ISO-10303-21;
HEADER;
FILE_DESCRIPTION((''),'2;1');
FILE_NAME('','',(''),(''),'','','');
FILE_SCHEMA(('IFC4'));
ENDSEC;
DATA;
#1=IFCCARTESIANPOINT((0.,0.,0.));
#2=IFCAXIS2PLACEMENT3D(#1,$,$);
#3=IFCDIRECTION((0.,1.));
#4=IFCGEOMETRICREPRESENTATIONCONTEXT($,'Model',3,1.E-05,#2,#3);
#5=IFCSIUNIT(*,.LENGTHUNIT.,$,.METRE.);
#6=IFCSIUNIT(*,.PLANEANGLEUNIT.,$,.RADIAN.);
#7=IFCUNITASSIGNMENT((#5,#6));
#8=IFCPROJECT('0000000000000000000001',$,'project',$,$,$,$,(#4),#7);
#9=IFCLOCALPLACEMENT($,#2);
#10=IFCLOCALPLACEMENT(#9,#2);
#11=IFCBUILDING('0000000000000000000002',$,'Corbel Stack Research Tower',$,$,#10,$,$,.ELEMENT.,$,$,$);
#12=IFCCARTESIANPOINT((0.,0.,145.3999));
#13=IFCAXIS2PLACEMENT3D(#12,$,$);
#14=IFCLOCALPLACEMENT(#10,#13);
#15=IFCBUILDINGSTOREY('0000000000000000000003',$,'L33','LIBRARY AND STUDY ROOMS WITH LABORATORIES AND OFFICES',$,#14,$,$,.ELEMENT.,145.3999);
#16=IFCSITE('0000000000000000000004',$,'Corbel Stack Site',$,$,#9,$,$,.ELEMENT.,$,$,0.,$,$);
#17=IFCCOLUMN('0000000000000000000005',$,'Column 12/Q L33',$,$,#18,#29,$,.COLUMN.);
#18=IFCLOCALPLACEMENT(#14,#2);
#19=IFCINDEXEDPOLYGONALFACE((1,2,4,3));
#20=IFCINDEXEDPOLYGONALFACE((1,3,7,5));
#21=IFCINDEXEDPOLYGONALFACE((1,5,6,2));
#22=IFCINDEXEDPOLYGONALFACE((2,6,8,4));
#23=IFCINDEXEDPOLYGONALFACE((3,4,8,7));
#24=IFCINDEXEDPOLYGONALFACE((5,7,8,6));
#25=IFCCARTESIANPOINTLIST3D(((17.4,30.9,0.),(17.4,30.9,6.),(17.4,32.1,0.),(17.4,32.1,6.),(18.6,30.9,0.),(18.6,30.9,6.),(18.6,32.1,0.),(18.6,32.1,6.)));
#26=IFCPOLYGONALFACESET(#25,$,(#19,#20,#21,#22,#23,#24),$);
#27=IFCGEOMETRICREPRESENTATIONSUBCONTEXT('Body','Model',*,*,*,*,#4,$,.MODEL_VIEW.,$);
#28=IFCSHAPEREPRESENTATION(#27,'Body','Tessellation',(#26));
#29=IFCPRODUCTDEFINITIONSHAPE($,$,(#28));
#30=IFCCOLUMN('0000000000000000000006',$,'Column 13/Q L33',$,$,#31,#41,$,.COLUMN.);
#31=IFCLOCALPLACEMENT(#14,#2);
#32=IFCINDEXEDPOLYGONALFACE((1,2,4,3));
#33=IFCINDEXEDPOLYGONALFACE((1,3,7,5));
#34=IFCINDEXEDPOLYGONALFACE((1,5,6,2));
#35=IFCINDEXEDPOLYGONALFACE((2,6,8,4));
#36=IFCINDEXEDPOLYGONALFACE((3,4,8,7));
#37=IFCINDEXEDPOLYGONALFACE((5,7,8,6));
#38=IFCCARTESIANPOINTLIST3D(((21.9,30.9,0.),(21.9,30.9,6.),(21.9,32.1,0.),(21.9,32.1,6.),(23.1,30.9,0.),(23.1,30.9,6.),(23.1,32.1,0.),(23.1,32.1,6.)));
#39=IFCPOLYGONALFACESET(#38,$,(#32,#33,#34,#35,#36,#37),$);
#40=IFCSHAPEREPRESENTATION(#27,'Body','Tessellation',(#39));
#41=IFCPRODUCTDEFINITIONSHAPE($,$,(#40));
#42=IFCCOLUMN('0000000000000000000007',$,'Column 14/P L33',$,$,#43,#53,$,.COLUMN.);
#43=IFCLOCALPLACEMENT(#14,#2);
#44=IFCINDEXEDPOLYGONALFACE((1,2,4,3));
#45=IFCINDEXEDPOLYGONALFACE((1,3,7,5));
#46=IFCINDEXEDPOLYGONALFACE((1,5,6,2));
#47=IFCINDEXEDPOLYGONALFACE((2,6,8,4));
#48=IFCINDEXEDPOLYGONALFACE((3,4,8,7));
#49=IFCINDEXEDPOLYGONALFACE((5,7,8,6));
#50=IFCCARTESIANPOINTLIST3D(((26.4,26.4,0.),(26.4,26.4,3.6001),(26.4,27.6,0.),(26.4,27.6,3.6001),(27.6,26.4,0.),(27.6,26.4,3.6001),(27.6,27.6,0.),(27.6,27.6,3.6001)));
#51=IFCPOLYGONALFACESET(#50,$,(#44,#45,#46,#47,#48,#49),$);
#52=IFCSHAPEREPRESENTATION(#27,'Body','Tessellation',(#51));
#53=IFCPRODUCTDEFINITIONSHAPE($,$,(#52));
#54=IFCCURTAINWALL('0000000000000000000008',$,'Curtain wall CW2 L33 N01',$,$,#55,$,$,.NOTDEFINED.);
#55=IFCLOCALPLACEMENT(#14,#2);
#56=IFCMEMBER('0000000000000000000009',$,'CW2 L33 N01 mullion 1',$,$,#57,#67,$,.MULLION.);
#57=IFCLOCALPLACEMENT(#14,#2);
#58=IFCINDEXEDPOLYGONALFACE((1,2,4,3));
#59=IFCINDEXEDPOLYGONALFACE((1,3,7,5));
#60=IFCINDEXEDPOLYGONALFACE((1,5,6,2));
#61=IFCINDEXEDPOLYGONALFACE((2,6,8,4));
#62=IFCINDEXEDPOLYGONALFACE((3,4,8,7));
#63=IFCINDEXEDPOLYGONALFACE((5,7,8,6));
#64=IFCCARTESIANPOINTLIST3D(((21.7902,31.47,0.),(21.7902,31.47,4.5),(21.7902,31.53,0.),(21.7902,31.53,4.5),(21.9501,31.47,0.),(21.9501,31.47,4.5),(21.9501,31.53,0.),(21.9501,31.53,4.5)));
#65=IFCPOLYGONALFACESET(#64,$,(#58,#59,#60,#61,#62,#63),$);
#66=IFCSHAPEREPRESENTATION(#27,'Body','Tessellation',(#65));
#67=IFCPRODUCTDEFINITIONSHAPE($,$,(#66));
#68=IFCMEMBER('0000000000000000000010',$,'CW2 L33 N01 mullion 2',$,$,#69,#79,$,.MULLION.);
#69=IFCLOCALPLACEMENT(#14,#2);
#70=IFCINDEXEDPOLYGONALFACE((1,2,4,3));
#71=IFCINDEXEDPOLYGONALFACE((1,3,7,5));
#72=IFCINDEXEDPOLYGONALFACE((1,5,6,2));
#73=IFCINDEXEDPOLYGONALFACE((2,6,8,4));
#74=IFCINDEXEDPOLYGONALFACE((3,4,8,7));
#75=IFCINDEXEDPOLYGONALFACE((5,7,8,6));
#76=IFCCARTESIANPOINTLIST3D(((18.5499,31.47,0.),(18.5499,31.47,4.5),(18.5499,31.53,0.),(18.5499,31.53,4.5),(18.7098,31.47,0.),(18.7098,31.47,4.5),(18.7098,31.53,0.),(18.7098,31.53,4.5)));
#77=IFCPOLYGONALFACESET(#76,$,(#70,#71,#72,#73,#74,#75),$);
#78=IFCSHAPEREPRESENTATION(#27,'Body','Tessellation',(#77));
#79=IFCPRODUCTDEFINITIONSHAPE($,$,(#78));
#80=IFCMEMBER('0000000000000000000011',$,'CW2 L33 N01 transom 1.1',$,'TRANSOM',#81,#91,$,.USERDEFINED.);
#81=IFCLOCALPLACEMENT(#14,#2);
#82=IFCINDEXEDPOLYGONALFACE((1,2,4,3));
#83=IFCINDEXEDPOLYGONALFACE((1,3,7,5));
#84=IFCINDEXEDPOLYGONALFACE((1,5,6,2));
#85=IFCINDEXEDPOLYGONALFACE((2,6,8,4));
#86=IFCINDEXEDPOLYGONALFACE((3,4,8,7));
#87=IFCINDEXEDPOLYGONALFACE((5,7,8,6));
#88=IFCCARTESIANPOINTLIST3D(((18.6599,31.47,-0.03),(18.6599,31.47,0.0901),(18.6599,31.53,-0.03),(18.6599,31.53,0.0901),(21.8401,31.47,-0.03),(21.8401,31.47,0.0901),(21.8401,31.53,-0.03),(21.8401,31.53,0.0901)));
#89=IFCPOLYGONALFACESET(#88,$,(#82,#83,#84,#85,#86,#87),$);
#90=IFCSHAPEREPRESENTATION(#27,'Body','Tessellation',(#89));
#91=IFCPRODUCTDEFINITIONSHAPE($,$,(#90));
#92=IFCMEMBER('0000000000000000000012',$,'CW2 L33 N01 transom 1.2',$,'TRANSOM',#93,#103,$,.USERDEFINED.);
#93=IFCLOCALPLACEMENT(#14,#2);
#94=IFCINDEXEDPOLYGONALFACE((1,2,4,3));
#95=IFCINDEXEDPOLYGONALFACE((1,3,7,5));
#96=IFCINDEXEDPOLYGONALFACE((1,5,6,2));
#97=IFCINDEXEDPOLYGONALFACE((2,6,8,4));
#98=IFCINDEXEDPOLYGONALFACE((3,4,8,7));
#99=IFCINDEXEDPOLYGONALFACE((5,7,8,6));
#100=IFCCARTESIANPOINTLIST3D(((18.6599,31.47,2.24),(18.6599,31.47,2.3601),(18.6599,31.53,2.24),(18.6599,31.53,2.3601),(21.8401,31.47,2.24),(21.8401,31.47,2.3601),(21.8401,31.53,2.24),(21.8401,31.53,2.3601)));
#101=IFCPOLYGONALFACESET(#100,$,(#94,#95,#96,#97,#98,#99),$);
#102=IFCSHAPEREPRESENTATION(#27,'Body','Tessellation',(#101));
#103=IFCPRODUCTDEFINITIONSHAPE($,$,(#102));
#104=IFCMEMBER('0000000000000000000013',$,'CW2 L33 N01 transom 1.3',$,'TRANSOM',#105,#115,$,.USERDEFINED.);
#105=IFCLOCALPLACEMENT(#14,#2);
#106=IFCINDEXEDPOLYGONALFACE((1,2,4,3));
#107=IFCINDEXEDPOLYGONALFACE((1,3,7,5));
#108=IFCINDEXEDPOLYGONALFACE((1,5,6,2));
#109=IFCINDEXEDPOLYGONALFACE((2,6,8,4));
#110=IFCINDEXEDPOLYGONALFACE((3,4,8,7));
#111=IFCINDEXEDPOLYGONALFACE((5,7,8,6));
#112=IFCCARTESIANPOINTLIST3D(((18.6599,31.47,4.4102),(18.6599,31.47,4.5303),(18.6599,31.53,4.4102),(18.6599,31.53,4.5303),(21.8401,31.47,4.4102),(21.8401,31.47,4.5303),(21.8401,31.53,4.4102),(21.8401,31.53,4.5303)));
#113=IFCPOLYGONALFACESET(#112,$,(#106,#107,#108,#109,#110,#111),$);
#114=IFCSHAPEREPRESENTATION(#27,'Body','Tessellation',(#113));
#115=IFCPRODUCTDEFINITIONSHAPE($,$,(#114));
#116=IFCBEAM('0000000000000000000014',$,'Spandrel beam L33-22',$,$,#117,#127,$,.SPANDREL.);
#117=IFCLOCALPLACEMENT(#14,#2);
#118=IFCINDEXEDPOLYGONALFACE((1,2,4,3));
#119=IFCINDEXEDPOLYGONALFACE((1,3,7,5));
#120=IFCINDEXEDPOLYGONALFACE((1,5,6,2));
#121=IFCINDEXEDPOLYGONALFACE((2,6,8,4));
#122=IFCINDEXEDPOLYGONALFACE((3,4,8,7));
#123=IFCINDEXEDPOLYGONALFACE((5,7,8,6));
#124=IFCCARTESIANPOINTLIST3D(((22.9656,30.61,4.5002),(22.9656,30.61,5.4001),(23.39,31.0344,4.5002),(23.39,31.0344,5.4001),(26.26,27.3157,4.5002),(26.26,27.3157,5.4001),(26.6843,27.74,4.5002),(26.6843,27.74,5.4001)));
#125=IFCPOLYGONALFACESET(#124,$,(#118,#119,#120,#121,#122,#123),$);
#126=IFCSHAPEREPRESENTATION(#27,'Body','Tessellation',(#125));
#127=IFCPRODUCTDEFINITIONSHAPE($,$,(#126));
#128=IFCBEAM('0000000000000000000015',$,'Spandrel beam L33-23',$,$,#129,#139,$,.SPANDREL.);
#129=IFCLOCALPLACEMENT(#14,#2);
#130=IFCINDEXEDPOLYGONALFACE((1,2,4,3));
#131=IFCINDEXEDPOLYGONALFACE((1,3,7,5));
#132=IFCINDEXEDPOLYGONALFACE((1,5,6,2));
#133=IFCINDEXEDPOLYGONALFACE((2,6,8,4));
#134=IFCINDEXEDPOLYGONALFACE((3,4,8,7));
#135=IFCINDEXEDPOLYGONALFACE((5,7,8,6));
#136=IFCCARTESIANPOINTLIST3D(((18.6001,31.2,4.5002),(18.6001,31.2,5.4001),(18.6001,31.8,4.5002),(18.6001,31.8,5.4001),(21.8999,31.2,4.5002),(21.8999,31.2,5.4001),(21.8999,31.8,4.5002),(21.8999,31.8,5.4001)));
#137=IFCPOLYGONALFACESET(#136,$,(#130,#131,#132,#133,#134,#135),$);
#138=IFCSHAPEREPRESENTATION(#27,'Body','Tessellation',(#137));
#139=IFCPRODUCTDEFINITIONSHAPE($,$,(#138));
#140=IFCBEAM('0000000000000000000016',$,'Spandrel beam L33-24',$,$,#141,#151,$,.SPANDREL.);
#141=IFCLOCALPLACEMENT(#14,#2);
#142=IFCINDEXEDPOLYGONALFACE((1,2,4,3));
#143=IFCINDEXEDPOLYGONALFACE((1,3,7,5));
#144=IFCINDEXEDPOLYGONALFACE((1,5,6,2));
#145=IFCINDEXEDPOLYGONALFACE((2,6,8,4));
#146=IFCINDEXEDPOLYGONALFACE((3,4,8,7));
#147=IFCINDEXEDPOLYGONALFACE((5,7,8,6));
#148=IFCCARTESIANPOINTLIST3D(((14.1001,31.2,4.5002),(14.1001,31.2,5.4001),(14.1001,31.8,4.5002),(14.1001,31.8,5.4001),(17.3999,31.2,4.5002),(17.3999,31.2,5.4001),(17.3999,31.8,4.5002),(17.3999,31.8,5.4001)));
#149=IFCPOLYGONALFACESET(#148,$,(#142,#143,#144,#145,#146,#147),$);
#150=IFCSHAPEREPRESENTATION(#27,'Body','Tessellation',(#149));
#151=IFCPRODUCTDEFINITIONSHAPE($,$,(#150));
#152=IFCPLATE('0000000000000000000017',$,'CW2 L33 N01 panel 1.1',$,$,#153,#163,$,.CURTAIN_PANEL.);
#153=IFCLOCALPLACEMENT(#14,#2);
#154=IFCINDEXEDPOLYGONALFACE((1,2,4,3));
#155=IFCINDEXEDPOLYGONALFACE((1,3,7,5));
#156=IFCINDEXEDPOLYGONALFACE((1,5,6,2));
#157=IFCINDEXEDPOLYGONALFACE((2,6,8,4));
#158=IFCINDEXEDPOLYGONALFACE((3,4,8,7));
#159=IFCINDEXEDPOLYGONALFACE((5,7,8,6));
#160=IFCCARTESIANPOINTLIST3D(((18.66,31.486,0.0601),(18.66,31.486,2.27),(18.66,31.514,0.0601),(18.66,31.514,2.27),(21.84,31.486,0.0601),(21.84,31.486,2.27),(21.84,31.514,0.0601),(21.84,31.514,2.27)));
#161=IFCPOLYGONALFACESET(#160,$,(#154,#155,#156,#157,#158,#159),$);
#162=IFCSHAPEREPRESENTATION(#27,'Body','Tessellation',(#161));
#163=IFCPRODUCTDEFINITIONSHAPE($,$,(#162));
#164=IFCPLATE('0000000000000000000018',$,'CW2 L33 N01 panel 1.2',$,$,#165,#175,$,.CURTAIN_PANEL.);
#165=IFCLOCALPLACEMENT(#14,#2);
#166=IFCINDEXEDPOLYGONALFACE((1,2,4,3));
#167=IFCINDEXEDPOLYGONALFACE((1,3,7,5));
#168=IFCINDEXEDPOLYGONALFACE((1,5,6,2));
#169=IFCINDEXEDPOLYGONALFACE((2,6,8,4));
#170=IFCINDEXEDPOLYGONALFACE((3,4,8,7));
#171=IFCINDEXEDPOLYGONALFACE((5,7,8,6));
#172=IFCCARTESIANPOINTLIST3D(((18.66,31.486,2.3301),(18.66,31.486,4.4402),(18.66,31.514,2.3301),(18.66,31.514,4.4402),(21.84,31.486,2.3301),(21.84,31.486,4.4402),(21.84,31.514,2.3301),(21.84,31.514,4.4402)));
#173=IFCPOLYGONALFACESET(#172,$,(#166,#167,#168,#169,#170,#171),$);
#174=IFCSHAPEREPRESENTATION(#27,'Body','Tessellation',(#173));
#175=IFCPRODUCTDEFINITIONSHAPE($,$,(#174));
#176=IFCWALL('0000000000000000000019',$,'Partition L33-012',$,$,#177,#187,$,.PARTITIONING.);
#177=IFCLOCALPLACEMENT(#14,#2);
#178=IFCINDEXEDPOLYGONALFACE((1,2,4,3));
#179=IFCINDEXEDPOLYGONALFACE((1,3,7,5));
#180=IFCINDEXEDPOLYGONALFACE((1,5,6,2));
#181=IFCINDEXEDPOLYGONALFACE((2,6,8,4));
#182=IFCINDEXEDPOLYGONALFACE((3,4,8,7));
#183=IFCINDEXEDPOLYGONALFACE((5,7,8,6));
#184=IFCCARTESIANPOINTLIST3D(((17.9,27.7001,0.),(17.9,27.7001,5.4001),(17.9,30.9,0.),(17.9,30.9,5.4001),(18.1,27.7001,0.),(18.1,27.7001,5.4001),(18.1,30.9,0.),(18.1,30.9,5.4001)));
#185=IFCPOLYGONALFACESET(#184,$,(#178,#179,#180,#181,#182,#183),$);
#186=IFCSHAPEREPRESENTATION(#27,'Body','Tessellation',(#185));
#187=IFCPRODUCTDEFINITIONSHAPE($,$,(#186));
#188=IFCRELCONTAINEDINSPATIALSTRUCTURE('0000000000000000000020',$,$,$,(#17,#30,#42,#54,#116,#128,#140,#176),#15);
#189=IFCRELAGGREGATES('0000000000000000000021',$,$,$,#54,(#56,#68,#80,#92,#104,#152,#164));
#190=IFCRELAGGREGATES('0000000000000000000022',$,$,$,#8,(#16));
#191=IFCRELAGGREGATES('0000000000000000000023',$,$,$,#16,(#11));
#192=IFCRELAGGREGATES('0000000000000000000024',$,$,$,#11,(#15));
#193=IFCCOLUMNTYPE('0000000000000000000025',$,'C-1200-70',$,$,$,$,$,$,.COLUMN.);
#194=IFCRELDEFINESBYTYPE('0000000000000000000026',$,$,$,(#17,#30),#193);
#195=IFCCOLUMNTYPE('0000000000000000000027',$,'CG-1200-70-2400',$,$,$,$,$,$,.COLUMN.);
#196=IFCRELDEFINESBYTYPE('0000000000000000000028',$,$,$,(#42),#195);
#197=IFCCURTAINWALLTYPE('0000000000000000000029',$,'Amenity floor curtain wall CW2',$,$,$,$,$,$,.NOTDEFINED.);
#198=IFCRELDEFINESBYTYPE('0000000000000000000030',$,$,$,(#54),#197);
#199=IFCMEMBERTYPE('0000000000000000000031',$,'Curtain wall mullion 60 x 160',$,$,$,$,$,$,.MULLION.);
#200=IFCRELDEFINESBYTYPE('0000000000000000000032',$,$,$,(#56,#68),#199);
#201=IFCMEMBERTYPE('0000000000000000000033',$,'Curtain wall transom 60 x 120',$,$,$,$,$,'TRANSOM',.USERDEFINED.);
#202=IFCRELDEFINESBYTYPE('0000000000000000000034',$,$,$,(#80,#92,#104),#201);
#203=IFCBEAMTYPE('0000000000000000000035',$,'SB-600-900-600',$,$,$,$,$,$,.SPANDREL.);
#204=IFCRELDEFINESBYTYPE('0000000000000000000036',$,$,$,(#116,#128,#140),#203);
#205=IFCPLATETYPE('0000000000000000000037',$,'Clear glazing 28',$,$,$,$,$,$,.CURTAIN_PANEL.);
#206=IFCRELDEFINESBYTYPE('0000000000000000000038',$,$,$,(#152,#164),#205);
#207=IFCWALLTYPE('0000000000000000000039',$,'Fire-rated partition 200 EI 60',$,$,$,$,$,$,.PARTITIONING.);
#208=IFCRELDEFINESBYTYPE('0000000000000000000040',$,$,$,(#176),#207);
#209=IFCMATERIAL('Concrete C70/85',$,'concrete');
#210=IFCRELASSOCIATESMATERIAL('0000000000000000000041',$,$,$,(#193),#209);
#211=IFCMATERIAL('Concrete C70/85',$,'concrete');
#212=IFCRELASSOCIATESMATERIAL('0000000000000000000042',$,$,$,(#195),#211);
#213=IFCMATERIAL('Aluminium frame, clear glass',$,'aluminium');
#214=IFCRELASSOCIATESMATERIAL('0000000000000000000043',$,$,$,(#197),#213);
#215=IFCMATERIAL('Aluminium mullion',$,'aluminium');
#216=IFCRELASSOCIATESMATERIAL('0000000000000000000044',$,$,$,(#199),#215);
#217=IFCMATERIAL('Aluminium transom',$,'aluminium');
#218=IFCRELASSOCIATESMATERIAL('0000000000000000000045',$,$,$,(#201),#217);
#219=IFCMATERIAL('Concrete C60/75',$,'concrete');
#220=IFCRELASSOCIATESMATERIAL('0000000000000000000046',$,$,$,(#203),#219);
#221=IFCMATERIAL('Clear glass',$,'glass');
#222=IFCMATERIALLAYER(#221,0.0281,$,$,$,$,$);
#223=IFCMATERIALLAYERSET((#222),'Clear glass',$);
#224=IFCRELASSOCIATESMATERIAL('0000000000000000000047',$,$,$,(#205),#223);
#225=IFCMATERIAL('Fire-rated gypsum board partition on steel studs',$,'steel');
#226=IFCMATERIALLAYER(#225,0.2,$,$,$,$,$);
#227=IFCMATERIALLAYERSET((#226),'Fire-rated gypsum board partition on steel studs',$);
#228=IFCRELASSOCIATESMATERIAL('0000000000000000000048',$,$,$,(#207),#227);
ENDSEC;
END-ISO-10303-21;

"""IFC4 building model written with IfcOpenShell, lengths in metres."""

from ifc_helpers import new_model, si_unit, direction, frame, frame_2d, origin, origin_2d, place, context, subcontext, project, spatial, rectangle, extrude, material, layer, layer_set, material_profile, profile_set, type_object, element, aggregate, save


model = new_model("IFC4")

# Units and contexts
model_context = context("Model", 3, precision=1e-05, world=origin(), true_north=direction((0.0, 1.0)))
body_context = subcontext(model_context, "Body", "Model", "MODEL_VIEW")
ifc_project = project(units=[si_unit("LENGTHUNIT", "METRE"), si_unit("PLANEANGLEUNIT", "RADIAN")], contexts=[model_context])

# Site, building, storey
site_placement = place(None, origin())
site = spatial("IfcSite", under=ifc_project, at=site_placement, Name="Corbel Stack Site", CompositionType="ELEMENT", RefElevation=0.0)
building_placement = place(site_placement, origin())
building = spatial("IfcBuilding", under=site, at=building_placement, Name="Corbel Stack Research Tower", CompositionType="ELEMENT")
storey_placement = place(building_placement, frame((0.0, 0.0, 145.3999)))
storey = spatial("IfcBuildingStorey", under=building, at=storey_placement, Name="L33", Description="LIBRARY AND STUDY ROOMS WITH LABORATORIES AND OFFICES", CompositionType="ELEMENT", Elevation=145.3999)

# Columns
ifc_material_1 = material(Name="Concrete C70/85", Category="concrete")
ifc_material_profile_1 = material_profile(ifc_material_1, rectangle(XDim=1.2, YDim=1.2, at=origin_2d()), Name="RC 1200 x 1200")
ifc_profile_set_1 = profile_set([ifc_material_profile_1], Name="Concrete C70/85")
column_type_1 = type_object("IfcColumnType", Name="C-1200-70", PredefinedType="COLUMN", material=ifc_profile_set_1)
for number, where, z_axis, x_axis, name in (
    (1, (18.0, 31.5, 0.0), (0.0, 0.0, 1.0), (1.0, 0.0, 0.0), "Column 12/Q L33"),
    (2, (22.5, 31.5, 0.0), (0.0, 0.0, 1.0), (1.0, 0.0, 0.0), "Column 13/Q L33"),
):
    element("IfcColumn", number, at=place(storey_placement, frame(where, z_axis=z_axis, x_axis=x_axis)), inside=storey, type_object=column_type_1, Name=name, PredefinedType="COLUMN", context=body_context, shape_type="SweptSolid", body=[
        extrude(rectangle(XDim=1.2, YDim=1.2, at=origin_2d()), origin(), (0.0, 0.0, 1.0), 6.0),
    ])
ifc_material_2 = material(Name="Concrete C70/85", Category="concrete")
ifc_material_profile_2 = material_profile(ifc_material_2, rectangle(XDim=1.2, YDim=1.2, at=origin_2d()), Name="RC 1200 x 1200")
ifc_profile_set_2 = profile_set([ifc_material_profile_2], Name="Concrete C70/85")
column_type_2 = type_object("IfcColumnType", Name="CG-1200-70-2400", PredefinedType="COLUMN", material=ifc_profile_set_2)
column_placement = place(storey_placement, frame((27.0, 27.0, 0.0), z_axis=(0.0, 0.0, 1.0), x_axis=(1.0, 0.0, 0.0)))
element("IfcColumn", 3, at=column_placement, inside=storey, type_object=column_type_2, Name="Column 14/P L33", PredefinedType="COLUMN", context=body_context, shape_type="SweptSolid", body=[
    extrude(rectangle(XDim=1.2, YDim=1.2, at=origin_2d()), origin(), (0.0, 0.0, 1.0), 3.6001),
])

# Curtain wall, members
ifc_material_3 = material(Name="Aluminium frame, clear glass", Category="aluminium")
curtain_wall_type = type_object("IfcCurtainWallType", Name="Amenity floor curtain wall CW2", PredefinedType="NOTDEFINED", material=ifc_material_3)
curtain_wall_placement = place(storey_placement, origin())
curtain_wall = element("IfcCurtainWall", 4, at=curtain_wall_placement, inside=storey, type_object=curtain_wall_type, Name="Curtain wall CW2 L33 N01", PredefinedType="NOTDEFINED")
ifc_material_4 = material(Name="Aluminium mullion", Category="aluminium")
ifc_material_profile_3 = material_profile(ifc_material_4, rectangle(XDim=0.0601, YDim=0.1599, at=origin_2d()), Name="Mullion 60 x 160")
ifc_profile_set_3 = profile_set([ifc_material_profile_3], Name="Aluminium mullion")
member_type_1 = type_object("IfcMemberType", Name="Curtain wall mullion 60 x 160", PredefinedType="MULLION", material=ifc_profile_set_3)
member_1_placement = place(storey_placement, frame((21.8701, 31.5, 0.0), z_axis=(0.0, 0.0, 1.0), x_axis=(0.0, -1.0, 0.0)))
member_1 = element("IfcMember", 5, at=member_1_placement, type_object=member_type_1, Name="CW2 L33 N01 mullion 1", PredefinedType="MULLION", context=body_context, shape_type="SweptSolid", body=[
    extrude(rectangle(XDim=0.0601, YDim=0.1599, at=origin_2d()), origin(), (0.0, 0.0, 1.0), 4.5),
])
member_2_placement = place(storey_placement, frame((18.6299, 31.5, 0.0), z_axis=(0.0, 0.0, 1.0), x_axis=(0.0, -1.0, 0.0)))
member_2 = element("IfcMember", 6, at=member_2_placement, type_object=member_type_1, Name="CW2 L33 N01 mullion 2", PredefinedType="MULLION", context=body_context, shape_type="SweptSolid", body=[
    extrude(rectangle(XDim=0.0601, YDim=0.1599, at=origin_2d()), origin(), (0.0, 0.0, 1.0), 4.5),
])
ifc_material_5 = material(Name="Aluminium transom", Category="aluminium")
ifc_material_profile_4 = material_profile(ifc_material_5, rectangle(XDim=0.0601, YDim=0.1201, at=origin_2d()), Name="Transom 60 x 120")
ifc_profile_set_4 = profile_set([ifc_material_profile_4], Name="Aluminium transom")
member_type_2 = type_object("IfcMemberType", Name="Curtain wall transom 60 x 120", ElementType="TRANSOM", PredefinedType="USERDEFINED", material=ifc_profile_set_4)
member_3_placement = place(storey_placement, frame((21.8401, 31.5, 0.03), z_axis=(-1.0, 0.0, 0.0), x_axis=(0.0, -1.0, 0.0)))
member_3 = element("IfcMember", 7, at=member_3_placement, type_object=member_type_2, Name="CW2 L33 N01 transom 1.1", ObjectType="TRANSOM", PredefinedType="USERDEFINED", context=body_context, shape_type="SweptSolid", body=[
    extrude(rectangle(XDim=0.0601, YDim=0.1201, at=origin_2d()), origin(), (0.0, 0.0, 1.0), 3.1802),
])
member_4_placement = place(storey_placement, frame((21.8401, 31.5, 2.3), z_axis=(-1.0, 0.0, 0.0), x_axis=(0.0, -1.0, 0.0)))
member_4 = element("IfcMember", 8, at=member_4_placement, type_object=member_type_2, Name="CW2 L33 N01 transom 1.2", ObjectType="TRANSOM", PredefinedType="USERDEFINED", context=body_context, shape_type="SweptSolid", body=[
    extrude(rectangle(XDim=0.0601, YDim=0.1201, at=origin_2d()), origin(), (0.0, 0.0, 1.0), 3.1802),
])
member_5_placement = place(storey_placement, frame((21.8401, 31.5, 4.4702), z_axis=(-1.0, 0.0, 0.0), x_axis=(0.0, -1.0, 0.0)))
member_5 = element("IfcMember", 9, at=member_5_placement, type_object=member_type_2, Name="CW2 L33 N01 transom 1.3", ObjectType="TRANSOM", PredefinedType="USERDEFINED", context=body_context, shape_type="SweptSolid", body=[
    extrude(rectangle(XDim=0.0601, YDim=0.1201, at=origin_2d()), origin(), (0.0, 0.0, 1.0), 3.1802),
])

# Beams
ifc_material_6 = material(Name="Concrete C60/75", Category="concrete")
ifc_material_profile_5 = material_profile(ifc_material_6, rectangle(XDim=0.6001, YDim=0.8999, at=origin_2d()), Name="RC 600 x 900")
ifc_profile_set_5 = profile_set([ifc_material_profile_5], Name="Concrete C60/75")
beam_type = type_object("IfcBeamType", Name="SB-600-900-600", PredefinedType="SPANDREL", material=ifc_profile_set_5)
beam_placement = place(storey_placement, frame((26.4722, 27.5278, 4.9502), z_axis=(-0.707107, 0.707107, 0.0), x_axis=(-0.707107, -0.707107, 0.0)))
element("IfcBeam", 10, at=beam_placement, inside=storey, type_object=beam_type, Name="Spandrel beam L33-22", PredefinedType="SPANDREL", context=body_context, shape_type="SweptSolid", body=[
    extrude(rectangle(XDim=0.6001, YDim=0.8999, at=origin_2d()), origin(), (0.0, 0.0, 1.0), 4.6589),
])
for number, where, z_axis, x_axis, name in (
    (11, (21.8999, 31.5, 4.9502), (-1.0, 0.0, 0.0), (0.0, -1.0, 0.0), "Spandrel beam L33-23"),
    (12, (17.3999, 31.5, 4.9502), (-1.0, 0.0, 0.0), (0.0, -1.0, 0.0), "Spandrel beam L33-24"),
):
    element("IfcBeam", number, at=place(storey_placement, frame(where, z_axis=z_axis, x_axis=x_axis)), inside=storey, type_object=beam_type, Name=name, PredefinedType="SPANDREL", context=body_context, shape_type="SweptSolid", body=[
        extrude(rectangle(XDim=0.6001, YDim=0.8999, at=origin_2d()), origin(), (0.0, 0.0, 1.0), 3.2998),
    ])

# Plates
ifc_material_7 = material(Name="Clear glass", Category="glass")
ifc_layer_1 = layer(ifc_material_7, 0.0281)
ifc_layer_set_1 = layer_set([ifc_layer_1], Name="Clear glass")
plate_type = type_object("IfcPlateType", Name="Clear glazing 28", PredefinedType="CURTAIN_PANEL", material=ifc_layer_set_1)
plate_1_placement = place(storey_placement, frame((20.25, 31.5, 0.0601), z_axis=(0.0, 0.0, 1.0), x_axis=(-1.0, 0.0, 0.0)))
plate_1 = element("IfcPlate", 13, at=plate_1_placement, type_object=plate_type, Name="CW2 L33 N01 panel 1.1", PredefinedType="CURTAIN_PANEL", context=body_context, shape_type="SweptSolid", body=[
    extrude(rectangle(XDim=3.1799, YDim=0.0281, at=origin_2d()), origin(), (0.0, 0.0, 1.0), 2.21),
])
plate_2_placement = place(storey_placement, frame((20.25, 31.5, 2.3301), z_axis=(0.0, 0.0, 1.0), x_axis=(-1.0, 0.0, 0.0)))
plate_2 = element("IfcPlate", 14, at=plate_2_placement, type_object=plate_type, Name="CW2 L33 N01 panel 1.2", PredefinedType="CURTAIN_PANEL", context=body_context, shape_type="SweptSolid", body=[
    extrude(rectangle(XDim=3.1799, YDim=0.0281, at=origin_2d()), origin(), (0.0, 0.0, 1.0), 2.1101),
])
aggregate(curtain_wall, [member_1, member_2, member_3, member_4, member_5, plate_1, plate_2])

# Wall
ifc_material_8 = material(Name="Fire-rated gypsum board partition on steel studs", Category="steel")
ifc_layer_2 = layer(ifc_material_8, 0.2)
ifc_layer_set_2 = layer_set([ifc_layer_2], Name="Fire-rated gypsum board partition on steel studs")
wall_type_1 = type_object("IfcWallType", Name="Fire-rated partition 200 EI 60", PredefinedType="PARTITIONING", material=ifc_layer_set_2)
wall_1_placement = place(storey_placement, frame((18.0, 27.7, 0.0), z_axis=(0.0, 0.0, 1.0), x_axis=(0.0, 1.0, 0.0)))
element("IfcWall", 15, at=wall_1_placement, inside=storey, type_object=wall_type_1, Name="Partition L33-012", PredefinedType="PARTITIONING", context=body_context, shape_type="SweptSolid", body=[
    extrude(rectangle(XDim=3.2, YDim=0.2, at=frame_2d((1.6001, 0.0))), origin(), (0.0, 0.0, 1.0), 5.4001),
])

save(model, "model.ifc")
